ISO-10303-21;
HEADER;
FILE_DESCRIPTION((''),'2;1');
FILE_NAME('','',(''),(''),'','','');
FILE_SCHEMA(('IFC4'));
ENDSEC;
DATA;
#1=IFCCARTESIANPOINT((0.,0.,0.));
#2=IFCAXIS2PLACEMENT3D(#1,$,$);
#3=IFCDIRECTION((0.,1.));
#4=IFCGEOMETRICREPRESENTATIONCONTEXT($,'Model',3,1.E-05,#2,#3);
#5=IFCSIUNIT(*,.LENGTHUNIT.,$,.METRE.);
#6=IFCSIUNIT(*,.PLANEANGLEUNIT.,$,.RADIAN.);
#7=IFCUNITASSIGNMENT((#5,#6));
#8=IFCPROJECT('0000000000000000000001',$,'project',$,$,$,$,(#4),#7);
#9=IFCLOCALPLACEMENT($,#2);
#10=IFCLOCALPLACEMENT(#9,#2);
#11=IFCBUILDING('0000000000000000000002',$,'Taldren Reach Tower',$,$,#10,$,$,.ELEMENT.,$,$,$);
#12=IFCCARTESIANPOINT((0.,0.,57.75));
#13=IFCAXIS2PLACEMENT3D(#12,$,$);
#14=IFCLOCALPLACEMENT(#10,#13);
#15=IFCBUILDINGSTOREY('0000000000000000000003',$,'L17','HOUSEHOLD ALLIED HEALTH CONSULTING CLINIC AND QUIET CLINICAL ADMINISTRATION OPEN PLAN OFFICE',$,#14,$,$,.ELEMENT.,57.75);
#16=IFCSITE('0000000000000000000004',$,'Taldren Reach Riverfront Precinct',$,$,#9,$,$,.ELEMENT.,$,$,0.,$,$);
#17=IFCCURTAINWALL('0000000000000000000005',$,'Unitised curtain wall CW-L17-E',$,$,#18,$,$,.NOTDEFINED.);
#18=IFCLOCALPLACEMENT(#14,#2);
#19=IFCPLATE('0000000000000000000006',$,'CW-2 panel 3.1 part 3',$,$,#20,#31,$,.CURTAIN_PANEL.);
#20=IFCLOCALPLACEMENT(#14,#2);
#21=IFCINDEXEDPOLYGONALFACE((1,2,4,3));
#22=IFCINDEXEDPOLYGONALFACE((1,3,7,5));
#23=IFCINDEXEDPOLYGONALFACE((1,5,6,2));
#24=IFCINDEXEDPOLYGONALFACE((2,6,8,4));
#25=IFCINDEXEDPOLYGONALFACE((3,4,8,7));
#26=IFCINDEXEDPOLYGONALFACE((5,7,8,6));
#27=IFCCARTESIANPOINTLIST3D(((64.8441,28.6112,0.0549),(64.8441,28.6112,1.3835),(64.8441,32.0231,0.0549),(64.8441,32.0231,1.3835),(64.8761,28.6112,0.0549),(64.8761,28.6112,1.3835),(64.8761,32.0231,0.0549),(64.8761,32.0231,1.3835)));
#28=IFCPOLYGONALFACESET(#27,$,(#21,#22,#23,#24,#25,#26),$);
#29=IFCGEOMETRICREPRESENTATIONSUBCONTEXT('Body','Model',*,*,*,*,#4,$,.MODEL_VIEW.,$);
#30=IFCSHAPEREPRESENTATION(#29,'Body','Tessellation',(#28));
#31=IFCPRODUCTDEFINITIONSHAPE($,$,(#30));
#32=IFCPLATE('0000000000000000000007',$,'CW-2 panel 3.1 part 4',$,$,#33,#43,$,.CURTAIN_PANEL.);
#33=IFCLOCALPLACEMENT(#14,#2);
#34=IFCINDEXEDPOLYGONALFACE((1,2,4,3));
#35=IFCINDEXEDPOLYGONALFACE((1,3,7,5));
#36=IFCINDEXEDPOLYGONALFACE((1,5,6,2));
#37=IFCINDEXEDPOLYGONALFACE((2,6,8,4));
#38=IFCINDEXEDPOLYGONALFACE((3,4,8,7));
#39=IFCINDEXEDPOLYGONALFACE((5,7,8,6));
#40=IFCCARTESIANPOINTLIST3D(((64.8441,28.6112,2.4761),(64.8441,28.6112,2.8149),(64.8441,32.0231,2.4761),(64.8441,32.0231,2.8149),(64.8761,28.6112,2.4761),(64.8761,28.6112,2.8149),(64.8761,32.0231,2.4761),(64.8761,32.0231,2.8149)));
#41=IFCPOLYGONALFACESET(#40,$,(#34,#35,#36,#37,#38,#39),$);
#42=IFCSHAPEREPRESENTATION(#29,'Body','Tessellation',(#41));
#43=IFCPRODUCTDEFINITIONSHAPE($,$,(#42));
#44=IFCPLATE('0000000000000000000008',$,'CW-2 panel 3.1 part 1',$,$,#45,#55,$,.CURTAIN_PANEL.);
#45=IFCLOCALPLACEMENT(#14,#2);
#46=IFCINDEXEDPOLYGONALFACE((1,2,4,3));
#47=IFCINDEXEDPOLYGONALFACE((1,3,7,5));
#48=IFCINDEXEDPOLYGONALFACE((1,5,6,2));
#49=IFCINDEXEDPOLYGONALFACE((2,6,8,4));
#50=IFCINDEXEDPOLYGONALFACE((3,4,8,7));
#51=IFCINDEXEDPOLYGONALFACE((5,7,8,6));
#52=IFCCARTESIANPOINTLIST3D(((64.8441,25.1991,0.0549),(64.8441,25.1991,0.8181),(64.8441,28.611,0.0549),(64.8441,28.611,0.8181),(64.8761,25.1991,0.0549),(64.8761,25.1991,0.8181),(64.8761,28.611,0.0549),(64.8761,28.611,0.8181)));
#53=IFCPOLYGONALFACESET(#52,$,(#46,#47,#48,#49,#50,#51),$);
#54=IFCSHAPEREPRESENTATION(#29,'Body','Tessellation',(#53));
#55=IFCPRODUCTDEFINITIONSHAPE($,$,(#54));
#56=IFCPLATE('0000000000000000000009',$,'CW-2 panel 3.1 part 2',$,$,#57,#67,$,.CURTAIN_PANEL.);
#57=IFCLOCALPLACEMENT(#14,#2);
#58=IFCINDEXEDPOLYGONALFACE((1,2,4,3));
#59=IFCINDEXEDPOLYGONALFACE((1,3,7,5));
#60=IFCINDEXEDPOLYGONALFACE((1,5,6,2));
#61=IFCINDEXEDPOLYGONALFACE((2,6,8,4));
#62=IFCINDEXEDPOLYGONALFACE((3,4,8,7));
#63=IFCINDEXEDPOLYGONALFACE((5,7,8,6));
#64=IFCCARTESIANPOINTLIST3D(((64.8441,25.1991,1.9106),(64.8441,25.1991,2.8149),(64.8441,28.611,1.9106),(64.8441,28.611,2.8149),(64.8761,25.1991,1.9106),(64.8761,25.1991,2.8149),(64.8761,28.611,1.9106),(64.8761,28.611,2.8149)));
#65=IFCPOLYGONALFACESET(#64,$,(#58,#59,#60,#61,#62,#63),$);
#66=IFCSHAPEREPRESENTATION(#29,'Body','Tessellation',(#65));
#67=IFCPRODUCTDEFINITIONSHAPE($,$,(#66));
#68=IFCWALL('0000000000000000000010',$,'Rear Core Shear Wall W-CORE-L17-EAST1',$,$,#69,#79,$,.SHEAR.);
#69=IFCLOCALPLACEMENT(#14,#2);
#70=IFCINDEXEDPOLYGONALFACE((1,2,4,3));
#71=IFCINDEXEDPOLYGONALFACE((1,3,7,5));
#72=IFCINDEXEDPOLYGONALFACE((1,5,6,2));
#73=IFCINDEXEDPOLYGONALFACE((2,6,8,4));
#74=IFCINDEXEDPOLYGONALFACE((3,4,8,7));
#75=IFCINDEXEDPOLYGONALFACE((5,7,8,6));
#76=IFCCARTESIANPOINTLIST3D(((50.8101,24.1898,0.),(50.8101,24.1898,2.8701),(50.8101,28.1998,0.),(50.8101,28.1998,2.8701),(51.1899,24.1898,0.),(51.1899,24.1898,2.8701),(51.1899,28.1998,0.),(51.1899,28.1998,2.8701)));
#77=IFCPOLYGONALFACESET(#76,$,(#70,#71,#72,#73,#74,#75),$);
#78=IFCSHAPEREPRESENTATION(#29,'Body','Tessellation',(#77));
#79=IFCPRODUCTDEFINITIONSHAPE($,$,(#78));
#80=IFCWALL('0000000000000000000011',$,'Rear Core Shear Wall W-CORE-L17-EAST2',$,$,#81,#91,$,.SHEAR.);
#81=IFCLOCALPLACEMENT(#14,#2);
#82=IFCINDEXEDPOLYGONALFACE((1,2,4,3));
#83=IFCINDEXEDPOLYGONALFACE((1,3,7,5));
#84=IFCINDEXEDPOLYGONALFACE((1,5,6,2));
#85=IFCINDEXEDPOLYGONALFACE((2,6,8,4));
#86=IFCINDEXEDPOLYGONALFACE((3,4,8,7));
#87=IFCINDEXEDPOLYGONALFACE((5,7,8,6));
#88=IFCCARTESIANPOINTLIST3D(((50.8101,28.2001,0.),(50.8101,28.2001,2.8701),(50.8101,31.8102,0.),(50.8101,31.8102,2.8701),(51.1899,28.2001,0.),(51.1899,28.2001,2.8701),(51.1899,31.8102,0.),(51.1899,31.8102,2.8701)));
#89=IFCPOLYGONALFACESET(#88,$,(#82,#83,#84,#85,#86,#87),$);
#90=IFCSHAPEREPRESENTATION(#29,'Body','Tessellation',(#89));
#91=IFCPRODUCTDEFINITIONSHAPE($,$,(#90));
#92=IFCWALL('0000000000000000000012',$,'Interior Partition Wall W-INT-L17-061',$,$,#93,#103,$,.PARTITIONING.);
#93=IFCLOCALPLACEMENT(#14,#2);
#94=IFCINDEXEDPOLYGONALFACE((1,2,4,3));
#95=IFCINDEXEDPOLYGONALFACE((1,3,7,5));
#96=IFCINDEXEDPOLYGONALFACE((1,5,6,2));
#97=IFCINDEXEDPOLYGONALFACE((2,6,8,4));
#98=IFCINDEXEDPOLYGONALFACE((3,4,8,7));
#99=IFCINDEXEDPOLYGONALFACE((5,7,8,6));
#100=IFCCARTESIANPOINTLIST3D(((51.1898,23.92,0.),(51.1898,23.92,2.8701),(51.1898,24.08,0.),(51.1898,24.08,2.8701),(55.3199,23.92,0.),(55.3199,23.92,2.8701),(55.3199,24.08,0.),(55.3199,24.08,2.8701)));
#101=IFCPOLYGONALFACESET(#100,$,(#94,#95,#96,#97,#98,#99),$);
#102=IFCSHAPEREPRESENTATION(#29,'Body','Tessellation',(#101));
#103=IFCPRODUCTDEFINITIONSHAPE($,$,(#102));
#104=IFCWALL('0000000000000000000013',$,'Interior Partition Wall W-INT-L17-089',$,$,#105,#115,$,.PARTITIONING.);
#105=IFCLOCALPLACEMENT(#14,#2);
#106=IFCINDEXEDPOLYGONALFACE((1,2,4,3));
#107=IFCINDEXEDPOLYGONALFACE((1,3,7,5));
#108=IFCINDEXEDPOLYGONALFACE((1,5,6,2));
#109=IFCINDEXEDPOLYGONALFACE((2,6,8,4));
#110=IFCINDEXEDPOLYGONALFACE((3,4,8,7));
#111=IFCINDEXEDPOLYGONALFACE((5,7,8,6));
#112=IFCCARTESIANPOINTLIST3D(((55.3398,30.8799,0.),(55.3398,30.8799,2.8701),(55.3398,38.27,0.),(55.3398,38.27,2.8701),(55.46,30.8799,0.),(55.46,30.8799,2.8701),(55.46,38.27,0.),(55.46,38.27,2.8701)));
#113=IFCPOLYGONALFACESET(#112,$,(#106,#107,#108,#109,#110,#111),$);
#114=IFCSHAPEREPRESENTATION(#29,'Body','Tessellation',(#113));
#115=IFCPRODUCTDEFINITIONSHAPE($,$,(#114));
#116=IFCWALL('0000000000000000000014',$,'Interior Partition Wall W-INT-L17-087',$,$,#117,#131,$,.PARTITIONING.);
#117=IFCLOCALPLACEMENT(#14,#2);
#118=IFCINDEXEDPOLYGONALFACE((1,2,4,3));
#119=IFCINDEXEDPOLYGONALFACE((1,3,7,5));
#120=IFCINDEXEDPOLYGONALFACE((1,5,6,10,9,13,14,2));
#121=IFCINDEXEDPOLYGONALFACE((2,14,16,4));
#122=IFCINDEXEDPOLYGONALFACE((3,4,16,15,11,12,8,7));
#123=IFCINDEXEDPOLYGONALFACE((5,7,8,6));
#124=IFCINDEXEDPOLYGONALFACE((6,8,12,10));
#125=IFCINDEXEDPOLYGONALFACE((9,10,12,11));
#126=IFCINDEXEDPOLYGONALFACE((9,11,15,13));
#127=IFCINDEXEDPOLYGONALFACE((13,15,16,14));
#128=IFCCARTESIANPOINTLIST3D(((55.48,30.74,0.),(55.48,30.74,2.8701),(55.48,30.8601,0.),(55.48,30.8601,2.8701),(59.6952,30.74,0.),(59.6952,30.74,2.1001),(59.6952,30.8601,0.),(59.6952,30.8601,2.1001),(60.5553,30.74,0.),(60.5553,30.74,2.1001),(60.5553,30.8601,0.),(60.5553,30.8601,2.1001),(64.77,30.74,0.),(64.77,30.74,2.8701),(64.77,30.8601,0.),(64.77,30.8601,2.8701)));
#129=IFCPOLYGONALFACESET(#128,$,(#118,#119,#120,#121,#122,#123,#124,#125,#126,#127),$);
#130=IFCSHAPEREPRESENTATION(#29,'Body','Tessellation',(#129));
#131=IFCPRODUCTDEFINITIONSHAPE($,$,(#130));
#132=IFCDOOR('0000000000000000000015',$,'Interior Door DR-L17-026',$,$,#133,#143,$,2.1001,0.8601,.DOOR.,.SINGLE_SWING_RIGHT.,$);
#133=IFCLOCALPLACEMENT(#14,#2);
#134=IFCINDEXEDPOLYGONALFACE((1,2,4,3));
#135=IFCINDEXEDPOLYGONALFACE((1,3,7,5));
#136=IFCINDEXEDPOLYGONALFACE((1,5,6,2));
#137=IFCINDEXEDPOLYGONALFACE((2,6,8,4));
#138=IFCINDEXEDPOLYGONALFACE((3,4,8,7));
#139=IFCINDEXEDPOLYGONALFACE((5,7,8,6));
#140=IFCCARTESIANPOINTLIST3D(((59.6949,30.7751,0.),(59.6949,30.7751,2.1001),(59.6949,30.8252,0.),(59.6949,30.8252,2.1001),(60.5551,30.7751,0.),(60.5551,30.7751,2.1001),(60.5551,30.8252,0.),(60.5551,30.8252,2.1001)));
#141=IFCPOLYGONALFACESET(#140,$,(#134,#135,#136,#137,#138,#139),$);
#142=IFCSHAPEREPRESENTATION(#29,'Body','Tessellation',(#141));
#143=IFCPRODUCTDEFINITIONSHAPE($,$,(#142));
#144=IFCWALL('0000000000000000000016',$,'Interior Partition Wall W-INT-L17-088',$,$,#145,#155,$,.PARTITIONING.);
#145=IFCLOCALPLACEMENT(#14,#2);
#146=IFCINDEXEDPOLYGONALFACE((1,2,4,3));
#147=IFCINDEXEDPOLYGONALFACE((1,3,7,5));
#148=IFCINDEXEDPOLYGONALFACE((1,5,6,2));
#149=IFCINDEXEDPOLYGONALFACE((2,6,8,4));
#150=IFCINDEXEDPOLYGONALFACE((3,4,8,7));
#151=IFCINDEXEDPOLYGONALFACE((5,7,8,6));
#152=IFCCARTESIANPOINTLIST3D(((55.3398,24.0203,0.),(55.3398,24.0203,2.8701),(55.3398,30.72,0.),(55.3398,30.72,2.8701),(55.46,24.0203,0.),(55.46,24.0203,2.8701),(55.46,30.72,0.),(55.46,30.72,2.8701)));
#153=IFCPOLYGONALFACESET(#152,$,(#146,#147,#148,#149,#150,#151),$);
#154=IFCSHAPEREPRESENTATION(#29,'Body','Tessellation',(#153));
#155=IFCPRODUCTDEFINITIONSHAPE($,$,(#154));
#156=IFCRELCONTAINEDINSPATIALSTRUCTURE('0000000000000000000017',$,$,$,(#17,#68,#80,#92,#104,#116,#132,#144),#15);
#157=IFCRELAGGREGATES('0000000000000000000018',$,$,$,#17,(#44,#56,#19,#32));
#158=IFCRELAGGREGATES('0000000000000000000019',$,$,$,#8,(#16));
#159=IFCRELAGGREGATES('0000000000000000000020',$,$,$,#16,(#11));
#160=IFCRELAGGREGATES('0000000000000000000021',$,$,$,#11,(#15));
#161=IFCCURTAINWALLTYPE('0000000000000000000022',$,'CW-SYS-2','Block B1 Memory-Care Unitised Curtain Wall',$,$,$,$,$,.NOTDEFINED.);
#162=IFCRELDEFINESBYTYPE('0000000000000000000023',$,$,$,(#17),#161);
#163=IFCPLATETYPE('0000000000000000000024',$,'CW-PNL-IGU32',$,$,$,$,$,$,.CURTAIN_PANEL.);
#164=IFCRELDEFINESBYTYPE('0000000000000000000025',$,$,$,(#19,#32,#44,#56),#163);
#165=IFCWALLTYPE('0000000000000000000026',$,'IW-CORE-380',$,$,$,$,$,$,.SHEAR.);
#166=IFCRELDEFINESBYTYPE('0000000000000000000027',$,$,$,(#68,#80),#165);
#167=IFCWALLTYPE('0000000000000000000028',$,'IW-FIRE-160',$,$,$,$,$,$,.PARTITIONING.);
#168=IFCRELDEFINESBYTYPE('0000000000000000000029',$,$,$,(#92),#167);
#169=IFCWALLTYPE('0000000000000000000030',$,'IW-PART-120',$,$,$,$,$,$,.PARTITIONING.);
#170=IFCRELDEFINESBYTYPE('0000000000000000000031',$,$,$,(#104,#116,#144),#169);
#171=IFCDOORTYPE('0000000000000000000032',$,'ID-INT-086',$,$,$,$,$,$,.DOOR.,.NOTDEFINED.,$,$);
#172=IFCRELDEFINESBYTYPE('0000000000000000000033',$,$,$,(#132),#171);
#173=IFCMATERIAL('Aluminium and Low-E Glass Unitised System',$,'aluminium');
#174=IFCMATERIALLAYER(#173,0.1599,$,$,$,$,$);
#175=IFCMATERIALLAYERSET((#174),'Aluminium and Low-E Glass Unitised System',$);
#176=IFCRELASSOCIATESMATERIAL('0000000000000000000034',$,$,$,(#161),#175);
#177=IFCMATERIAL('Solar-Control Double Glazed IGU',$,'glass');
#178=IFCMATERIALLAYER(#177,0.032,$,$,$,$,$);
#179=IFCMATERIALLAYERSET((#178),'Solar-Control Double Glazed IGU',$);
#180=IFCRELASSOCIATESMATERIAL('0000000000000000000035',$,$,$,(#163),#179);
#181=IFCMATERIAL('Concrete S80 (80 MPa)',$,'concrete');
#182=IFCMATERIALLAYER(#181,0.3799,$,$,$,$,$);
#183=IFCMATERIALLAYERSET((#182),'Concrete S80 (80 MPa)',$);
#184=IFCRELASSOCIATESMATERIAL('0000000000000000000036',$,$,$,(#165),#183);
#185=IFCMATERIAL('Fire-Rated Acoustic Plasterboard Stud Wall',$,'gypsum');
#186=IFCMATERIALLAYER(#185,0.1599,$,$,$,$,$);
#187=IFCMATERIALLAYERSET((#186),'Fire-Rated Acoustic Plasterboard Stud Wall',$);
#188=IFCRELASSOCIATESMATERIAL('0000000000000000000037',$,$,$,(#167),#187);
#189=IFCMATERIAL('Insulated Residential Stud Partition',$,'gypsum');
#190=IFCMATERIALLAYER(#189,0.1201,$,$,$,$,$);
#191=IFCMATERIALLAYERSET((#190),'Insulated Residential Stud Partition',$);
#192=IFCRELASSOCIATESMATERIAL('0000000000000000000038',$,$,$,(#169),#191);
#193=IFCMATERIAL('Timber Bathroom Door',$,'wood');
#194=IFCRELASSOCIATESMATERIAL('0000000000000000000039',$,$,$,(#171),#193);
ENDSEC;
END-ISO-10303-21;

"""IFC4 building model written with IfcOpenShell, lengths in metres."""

from ifc_helpers import new_model, si_unit, direction, frame, frame_2d, origin, origin_2d, place, context, subcontext, project, spatial, rectangle, extrude, source, transform, mapped, material, layer, layer_set, type_object, element, fill, aggregate, save


model = new_model("IFC4")

# Units and contexts
model_context = context("Model", 3, precision=1e-05, world=origin(), true_north=direction((0.0, 1.0)))
body_context = subcontext(model_context, "Body", "Model", "MODEL_VIEW")
ifc_project = project(units=[si_unit("LENGTHUNIT", "METRE"), si_unit("PLANEANGLEUNIT", "RADIAN")], contexts=[model_context])

# Site, building, storey
site_placement = place(None, origin())
site = spatial("IfcSite", under=ifc_project, at=site_placement, Name="Taldren Reach Riverfront Precinct", CompositionType="ELEMENT", RefElevation=0.0)
building_placement = place(site_placement, origin())
building = spatial("IfcBuilding", under=site, at=building_placement, Name="Taldren Reach Tower", CompositionType="ELEMENT")
storey_placement = place(building_placement, frame((0.0, 0.0, 57.75)))
storey = spatial("IfcBuildingStorey", under=building, at=storey_placement, Name="L17", Description="HOUSEHOLD ALLIED HEALTH CONSULTING CLINIC AND QUIET CLINICAL ADMINISTRATION OPEN PLAN OFFICE", CompositionType="ELEMENT", Elevation=57.75)

# Curtain wall
ifc_material_1 = material(Name="Aluminium and Low-E Glass Unitised System", Category="aluminium")
ifc_layer_1 = layer(ifc_material_1, 0.1599)
ifc_layer_set_1 = layer_set([ifc_layer_1], Name="Aluminium and Low-E Glass Unitised System")
curtain_wall_type = type_object("IfcCurtainWallType", Name="CW-SYS-2", Description="Block B1 Memory-Care Unitised Curtain Wall", PredefinedType="NOTDEFINED", material=ifc_layer_set_1)
curtain_wall_placement = place(storey_placement, origin())
curtain_wall = element("IfcCurtainWall", 1, at=curtain_wall_placement, inside=storey, type_object=curtain_wall_type, Name="Unitised curtain wall CW-L17-E", PredefinedType="NOTDEFINED")

# Plates
ifc_material_2 = material(Name="Solar-Control Double Glazed IGU", Category="glass")
ifc_layer_2 = layer(ifc_material_2, 0.032)
ifc_layer_set_2 = layer_set([ifc_layer_2], Name="Solar-Control Double Glazed IGU")
plate_type_1 = type_object("IfcPlateType", Name="CW-PNL-IGU32", PredefinedType="CURTAIN_PANEL", material=ifc_layer_set_2)
shared_shape_1 = source(origin(), body_context, "Body", "SweptSolid", [
    extrude(rectangle(XDim=3.4119, YDim=0.032, at=origin_2d()), origin(), (0.0, 0.0, 1.0), 1.3286),
])
plate_1_placement = place(storey_placement, frame((64.8601, 30.3171, 0.0549), z_axis=(0.0, 0.0, 1.0), x_axis=(0.0, 1.0, 0.0)))
plate_1 = element("IfcPlate", 2, at=plate_1_placement, type_object=plate_type_1, Name="CW-2 panel 3.1 part 3", PredefinedType="CURTAIN_PANEL", context=body_context, shape_type="MappedRepresentation", body=[
    mapped(shared_shape_1, transform((0.0, 0.0, 0.0), scale=1.0)),
])
shared_shape_2 = source(origin(), body_context, "Body", "SweptSolid", [
    extrude(rectangle(XDim=3.4119, YDim=0.032, at=origin_2d()), origin(), (0.0, 0.0, 1.0), 0.3389),
])
plate_2_placement = place(storey_placement, frame((64.8601, 30.3171, 2.4761), z_axis=(0.0, 0.0, 1.0), x_axis=(0.0, 1.0, 0.0)))
plate_2 = element("IfcPlate", 3, at=plate_2_placement, type_object=plate_type_1, Name="CW-2 panel 3.1 part 4", PredefinedType="CURTAIN_PANEL", context=body_context, shape_type="MappedRepresentation", body=[
    mapped(shared_shape_2, transform((0.0, 0.0, 0.0), scale=1.0)),
])
shared_shape_3 = source(origin(), body_context, "Body", "SweptSolid", [
    extrude(rectangle(XDim=3.4119, YDim=0.032, at=origin_2d()), origin(), (0.0, 0.0, 1.0), 0.7632),
])
plate_3_placement = place(storey_placement, frame((64.8601, 26.905, 0.0549), z_axis=(0.0, 0.0, 1.0), x_axis=(0.0, 1.0, 0.0)))
plate_3 = element("IfcPlate", 4, at=plate_3_placement, type_object=plate_type_1, Name="CW-2 panel 3.1 part 1", PredefinedType="CURTAIN_PANEL", context=body_context, shape_type="MappedRepresentation", body=[
    mapped(shared_shape_3, transform((0.0, 0.0, 0.0), scale=1.0)),
])
shared_shape_4 = source(origin(), body_context, "Body", "SweptSolid", [
    extrude(rectangle(XDim=3.4119, YDim=0.032, at=origin_2d()), origin(), (0.0, 0.0, 1.0), 0.9043),
])
plate_4_placement = place(storey_placement, frame((64.8601, 26.905, 1.9106), z_axis=(0.0, 0.0, 1.0), x_axis=(0.0, 1.0, 0.0)))
plate_4 = element("IfcPlate", 5, at=plate_4_placement, type_object=plate_type_1, Name="CW-2 panel 3.1 part 2", PredefinedType="CURTAIN_PANEL", context=body_context, shape_type="MappedRepresentation", body=[
    mapped(shared_shape_4, transform((0.0, 0.0, 0.0), scale=1.0)),
])
aggregate(curtain_wall, [plate_3, plate_4, plate_1, plate_2])

# Walls
ifc_material_3 = material(Name="Concrete S80 (80 MPa)", Category="concrete")
ifc_layer_3 = layer(ifc_material_3, 0.3799)
ifc_layer_set_3 = layer_set([ifc_layer_3], Name="Concrete S80 (80 MPa)")
wall_type_1 = type_object("IfcWallType", Name="IW-CORE-380", PredefinedType="SHEAR", material=ifc_layer_set_3)
shared_shape_5 = source(origin(), body_context, "Body", "SweptSolid", [
    extrude(rectangle(XDim=4.01, YDim=0.3799, at=frame_2d((2.0049, 0.0))), origin(), (0.0, 0.0, 1.0), 2.8701),
])
wall_1_placement = place(storey_placement, frame((51.0, 24.1899, 0.0), z_axis=(0.0, 0.0, 1.0), x_axis=(0.0, 1.0, 0.0)))
element("IfcWall", 6, at=wall_1_placement, inside=storey, type_object=wall_type_1, Name="Rear Core Shear Wall W-CORE-L17-EAST1", PredefinedType="SHEAR", context=body_context, shape_type="MappedRepresentation", body=[
    mapped(shared_shape_5, transform((0.0, 0.0, 0.0), scale=1.0)),
])
shared_shape_6 = source(origin(), body_context, "Body", "SweptSolid", [
    extrude(rectangle(XDim=3.6101, YDim=0.3799, at=frame_2d((1.8052, 0.0))), origin(), (0.0, 0.0, 1.0), 2.8701),
])
wall_2_placement = place(storey_placement, frame((51.0, 28.2, 0.0), z_axis=(0.0, 0.0, 1.0), x_axis=(0.0, 1.0, 0.0)))
element("IfcWall", 7, at=wall_2_placement, inside=storey, type_object=wall_type_1, Name="Rear Core Shear Wall W-CORE-L17-EAST2", PredefinedType="SHEAR", context=body_context, shape_type="MappedRepresentation", body=[
    mapped(shared_shape_6, transform((0.0, 0.0, 0.0), scale=1.0)),
])
ifc_material_4 = material(Name="Fire-Rated Acoustic Plasterboard Stud Wall", Category="gypsum")
ifc_layer_4 = layer(ifc_material_4, 0.1599)
ifc_layer_set_4 = layer_set([ifc_layer_4], Name="Fire-Rated Acoustic Plasterboard Stud Wall")
wall_type_2 = type_object("IfcWallType", Name="IW-FIRE-160", PredefinedType="PARTITIONING", material=ifc_layer_set_4)
shared_shape_7 = source(origin(), body_context, "Body", "SweptSolid", [
    extrude(rectangle(XDim=4.1301, YDim=0.1599, at=frame_2d((2.0649, 0.0))), origin(), (0.0, 0.0, 1.0), 2.8701),
])
wall_3_placement = place(storey_placement, frame((51.1899, 24.0, 0.0), z_axis=(0.0, 0.0, 1.0), x_axis=(1.0, 0.0, 0.0)))
element("IfcWall", 8, at=wall_3_placement, inside=storey, type_object=wall_type_2, Name="Interior Partition Wall W-INT-L17-061", PredefinedType="PARTITIONING", context=body_context, shape_type="MappedRepresentation", body=[
    mapped(shared_shape_7, transform((0.0, 0.0, 0.0), scale=1.0)),
])
ifc_material_5 = material(Name="Insulated Residential Stud Partition", Category="gypsum")
ifc_layer_5 = layer(ifc_material_5, 0.1201)
ifc_layer_set_5 = layer_set([ifc_layer_5], Name="Insulated Residential Stud Partition")
wall_type_3 = type_object("IfcWallType", Name="IW-PART-120", PredefinedType="PARTITIONING", material=ifc_layer_set_5)
shared_shape_8 = source(origin(), body_context, "Body", "SweptSolid", [
    extrude(rectangle(XDim=7.3901, YDim=0.1201, at=frame_2d((3.6951, 0.0))), origin(), (0.0, 0.0, 1.0), 2.8701),
])
wall_4_placement = place(storey_placement, frame((55.3999, 30.8799, 0.0), z_axis=(0.0, 0.0, 1.0), x_axis=(0.0, 1.0, 0.0)))
element("IfcWall", 9, at=wall_4_placement, inside=storey, type_object=wall_type_3, Name="Interior Partition Wall W-INT-L17-089", PredefinedType="PARTITIONING", context=body_context, shape_type="MappedRepresentation", body=[
    mapped(shared_shape_8, transform((0.0, 0.0, 0.0), scale=1.0)),
])

# Wall, opening, door
shared_shape_9 = source(origin(), body_context, "Body", "SweptSolid", [
    extrude(rectangle(XDim=9.29, YDim=0.1201, at=frame_2d((4.645, 0.0))), origin(), (0.0, 0.0, 1.0), 2.8701),
])
wall_5_placement = place(storey_placement, frame((55.48, 30.8, 0.0), z_axis=(0.0, 0.0, 1.0), x_axis=(1.0, 0.0, 0.0)))
wall_5 = element("IfcWall", 10, at=wall_5_placement, inside=storey, type_object=wall_type_3, Name="Interior Partition Wall W-INT-L17-087", PredefinedType="PARTITIONING", context=body_context, shape_type="MappedRepresentation", body=[
    mapped(shared_shape_9, transform((0.0, 0.0, 0.0), scale=1.0)),
])
shared_shape_10 = source(origin(), body_context, "Body", "SweptSolid", [
    extrude(rectangle(XDim=0.8601, YDim=2.1001, at=frame_2d((0.4302, 1.05))), frame((0.0, 0.0701, 0.0), z_axis=(0.0, -1.0, 0.0), x_axis=(1.0, 0.0, 0.0)), (0.0, 0.0, 1.0), 0.1401),
])
opening_placement = place(wall_5_placement, frame((4.2151, 0.0, 0.0)))
opening = element("IfcOpeningElement", 11, at=opening_placement, cuts=wall_5, PredefinedType="OPENING", context=body_context, shape_type="MappedRepresentation", body=[
    mapped(shared_shape_10, transform((0.0, 0.0, 0.0), scale=1.0)),
])
ifc_material_6 = material(Name="Timber Bathroom Door", Category="wood")
door_type = type_object("IfcDoorType", Name="ID-INT-086", OperationType="NOTDEFINED", PredefinedType="DOOR", material=ifc_material_6)
shared_shape_11 = source(origin(), body_context, "Body", "SweptSolid", [
    extrude(rectangle(XDim=0.8601, YDim=2.1001, at=frame_2d((0.4302, 1.05))), frame((0.0, 0.0249, 0.0), z_axis=(0.0, -1.0, 0.0), x_axis=(1.0, 0.0, 0.0)), (0.0, 0.0, 1.0), 0.05),
])
door_placement = place(opening_placement, frame((0.8601, 0.0, 0.0), z_axis=(0.0, 0.0, 1.0), x_axis=(-1.0, 0.0, 0.0)))
door = element("IfcDoor", 12, at=door_placement, inside=storey, type_object=door_type, Name="Interior Door DR-L17-026", OperationType="SINGLE_SWING_RIGHT", OverallHeight=2.1001, OverallWidth=0.8601, PredefinedType="DOOR", context=body_context, shape_type="MappedRepresentation", body=[
    mapped(shared_shape_11, transform((0.0, 0.0, 0.0), scale=1.0)),
])
fill(opening, door)

# Wall
shared_shape_12 = source(origin(), body_context, "Body", "SweptSolid", [
    extrude(rectangle(XDim=6.6997, YDim=0.1201, at=frame_2d((3.3499, 0.0))), origin(), (0.0, 0.0, 1.0), 2.8701),
])
wall_6_placement = place(storey_placement, frame((55.3999, 24.0203, 0.0), z_axis=(0.0, 0.0, 1.0), x_axis=(0.0, 1.0, 0.0)))
element("IfcWall", 13, at=wall_6_placement, inside=storey, type_object=wall_type_3, Name="Interior Partition Wall W-INT-L17-088", PredefinedType="PARTITIONING", context=body_context, shape_type="MappedRepresentation", body=[
    mapped(shared_shape_12, transform((0.0, 0.0, 0.0), scale=1.0)),
])

save(model, "model.ifc")
